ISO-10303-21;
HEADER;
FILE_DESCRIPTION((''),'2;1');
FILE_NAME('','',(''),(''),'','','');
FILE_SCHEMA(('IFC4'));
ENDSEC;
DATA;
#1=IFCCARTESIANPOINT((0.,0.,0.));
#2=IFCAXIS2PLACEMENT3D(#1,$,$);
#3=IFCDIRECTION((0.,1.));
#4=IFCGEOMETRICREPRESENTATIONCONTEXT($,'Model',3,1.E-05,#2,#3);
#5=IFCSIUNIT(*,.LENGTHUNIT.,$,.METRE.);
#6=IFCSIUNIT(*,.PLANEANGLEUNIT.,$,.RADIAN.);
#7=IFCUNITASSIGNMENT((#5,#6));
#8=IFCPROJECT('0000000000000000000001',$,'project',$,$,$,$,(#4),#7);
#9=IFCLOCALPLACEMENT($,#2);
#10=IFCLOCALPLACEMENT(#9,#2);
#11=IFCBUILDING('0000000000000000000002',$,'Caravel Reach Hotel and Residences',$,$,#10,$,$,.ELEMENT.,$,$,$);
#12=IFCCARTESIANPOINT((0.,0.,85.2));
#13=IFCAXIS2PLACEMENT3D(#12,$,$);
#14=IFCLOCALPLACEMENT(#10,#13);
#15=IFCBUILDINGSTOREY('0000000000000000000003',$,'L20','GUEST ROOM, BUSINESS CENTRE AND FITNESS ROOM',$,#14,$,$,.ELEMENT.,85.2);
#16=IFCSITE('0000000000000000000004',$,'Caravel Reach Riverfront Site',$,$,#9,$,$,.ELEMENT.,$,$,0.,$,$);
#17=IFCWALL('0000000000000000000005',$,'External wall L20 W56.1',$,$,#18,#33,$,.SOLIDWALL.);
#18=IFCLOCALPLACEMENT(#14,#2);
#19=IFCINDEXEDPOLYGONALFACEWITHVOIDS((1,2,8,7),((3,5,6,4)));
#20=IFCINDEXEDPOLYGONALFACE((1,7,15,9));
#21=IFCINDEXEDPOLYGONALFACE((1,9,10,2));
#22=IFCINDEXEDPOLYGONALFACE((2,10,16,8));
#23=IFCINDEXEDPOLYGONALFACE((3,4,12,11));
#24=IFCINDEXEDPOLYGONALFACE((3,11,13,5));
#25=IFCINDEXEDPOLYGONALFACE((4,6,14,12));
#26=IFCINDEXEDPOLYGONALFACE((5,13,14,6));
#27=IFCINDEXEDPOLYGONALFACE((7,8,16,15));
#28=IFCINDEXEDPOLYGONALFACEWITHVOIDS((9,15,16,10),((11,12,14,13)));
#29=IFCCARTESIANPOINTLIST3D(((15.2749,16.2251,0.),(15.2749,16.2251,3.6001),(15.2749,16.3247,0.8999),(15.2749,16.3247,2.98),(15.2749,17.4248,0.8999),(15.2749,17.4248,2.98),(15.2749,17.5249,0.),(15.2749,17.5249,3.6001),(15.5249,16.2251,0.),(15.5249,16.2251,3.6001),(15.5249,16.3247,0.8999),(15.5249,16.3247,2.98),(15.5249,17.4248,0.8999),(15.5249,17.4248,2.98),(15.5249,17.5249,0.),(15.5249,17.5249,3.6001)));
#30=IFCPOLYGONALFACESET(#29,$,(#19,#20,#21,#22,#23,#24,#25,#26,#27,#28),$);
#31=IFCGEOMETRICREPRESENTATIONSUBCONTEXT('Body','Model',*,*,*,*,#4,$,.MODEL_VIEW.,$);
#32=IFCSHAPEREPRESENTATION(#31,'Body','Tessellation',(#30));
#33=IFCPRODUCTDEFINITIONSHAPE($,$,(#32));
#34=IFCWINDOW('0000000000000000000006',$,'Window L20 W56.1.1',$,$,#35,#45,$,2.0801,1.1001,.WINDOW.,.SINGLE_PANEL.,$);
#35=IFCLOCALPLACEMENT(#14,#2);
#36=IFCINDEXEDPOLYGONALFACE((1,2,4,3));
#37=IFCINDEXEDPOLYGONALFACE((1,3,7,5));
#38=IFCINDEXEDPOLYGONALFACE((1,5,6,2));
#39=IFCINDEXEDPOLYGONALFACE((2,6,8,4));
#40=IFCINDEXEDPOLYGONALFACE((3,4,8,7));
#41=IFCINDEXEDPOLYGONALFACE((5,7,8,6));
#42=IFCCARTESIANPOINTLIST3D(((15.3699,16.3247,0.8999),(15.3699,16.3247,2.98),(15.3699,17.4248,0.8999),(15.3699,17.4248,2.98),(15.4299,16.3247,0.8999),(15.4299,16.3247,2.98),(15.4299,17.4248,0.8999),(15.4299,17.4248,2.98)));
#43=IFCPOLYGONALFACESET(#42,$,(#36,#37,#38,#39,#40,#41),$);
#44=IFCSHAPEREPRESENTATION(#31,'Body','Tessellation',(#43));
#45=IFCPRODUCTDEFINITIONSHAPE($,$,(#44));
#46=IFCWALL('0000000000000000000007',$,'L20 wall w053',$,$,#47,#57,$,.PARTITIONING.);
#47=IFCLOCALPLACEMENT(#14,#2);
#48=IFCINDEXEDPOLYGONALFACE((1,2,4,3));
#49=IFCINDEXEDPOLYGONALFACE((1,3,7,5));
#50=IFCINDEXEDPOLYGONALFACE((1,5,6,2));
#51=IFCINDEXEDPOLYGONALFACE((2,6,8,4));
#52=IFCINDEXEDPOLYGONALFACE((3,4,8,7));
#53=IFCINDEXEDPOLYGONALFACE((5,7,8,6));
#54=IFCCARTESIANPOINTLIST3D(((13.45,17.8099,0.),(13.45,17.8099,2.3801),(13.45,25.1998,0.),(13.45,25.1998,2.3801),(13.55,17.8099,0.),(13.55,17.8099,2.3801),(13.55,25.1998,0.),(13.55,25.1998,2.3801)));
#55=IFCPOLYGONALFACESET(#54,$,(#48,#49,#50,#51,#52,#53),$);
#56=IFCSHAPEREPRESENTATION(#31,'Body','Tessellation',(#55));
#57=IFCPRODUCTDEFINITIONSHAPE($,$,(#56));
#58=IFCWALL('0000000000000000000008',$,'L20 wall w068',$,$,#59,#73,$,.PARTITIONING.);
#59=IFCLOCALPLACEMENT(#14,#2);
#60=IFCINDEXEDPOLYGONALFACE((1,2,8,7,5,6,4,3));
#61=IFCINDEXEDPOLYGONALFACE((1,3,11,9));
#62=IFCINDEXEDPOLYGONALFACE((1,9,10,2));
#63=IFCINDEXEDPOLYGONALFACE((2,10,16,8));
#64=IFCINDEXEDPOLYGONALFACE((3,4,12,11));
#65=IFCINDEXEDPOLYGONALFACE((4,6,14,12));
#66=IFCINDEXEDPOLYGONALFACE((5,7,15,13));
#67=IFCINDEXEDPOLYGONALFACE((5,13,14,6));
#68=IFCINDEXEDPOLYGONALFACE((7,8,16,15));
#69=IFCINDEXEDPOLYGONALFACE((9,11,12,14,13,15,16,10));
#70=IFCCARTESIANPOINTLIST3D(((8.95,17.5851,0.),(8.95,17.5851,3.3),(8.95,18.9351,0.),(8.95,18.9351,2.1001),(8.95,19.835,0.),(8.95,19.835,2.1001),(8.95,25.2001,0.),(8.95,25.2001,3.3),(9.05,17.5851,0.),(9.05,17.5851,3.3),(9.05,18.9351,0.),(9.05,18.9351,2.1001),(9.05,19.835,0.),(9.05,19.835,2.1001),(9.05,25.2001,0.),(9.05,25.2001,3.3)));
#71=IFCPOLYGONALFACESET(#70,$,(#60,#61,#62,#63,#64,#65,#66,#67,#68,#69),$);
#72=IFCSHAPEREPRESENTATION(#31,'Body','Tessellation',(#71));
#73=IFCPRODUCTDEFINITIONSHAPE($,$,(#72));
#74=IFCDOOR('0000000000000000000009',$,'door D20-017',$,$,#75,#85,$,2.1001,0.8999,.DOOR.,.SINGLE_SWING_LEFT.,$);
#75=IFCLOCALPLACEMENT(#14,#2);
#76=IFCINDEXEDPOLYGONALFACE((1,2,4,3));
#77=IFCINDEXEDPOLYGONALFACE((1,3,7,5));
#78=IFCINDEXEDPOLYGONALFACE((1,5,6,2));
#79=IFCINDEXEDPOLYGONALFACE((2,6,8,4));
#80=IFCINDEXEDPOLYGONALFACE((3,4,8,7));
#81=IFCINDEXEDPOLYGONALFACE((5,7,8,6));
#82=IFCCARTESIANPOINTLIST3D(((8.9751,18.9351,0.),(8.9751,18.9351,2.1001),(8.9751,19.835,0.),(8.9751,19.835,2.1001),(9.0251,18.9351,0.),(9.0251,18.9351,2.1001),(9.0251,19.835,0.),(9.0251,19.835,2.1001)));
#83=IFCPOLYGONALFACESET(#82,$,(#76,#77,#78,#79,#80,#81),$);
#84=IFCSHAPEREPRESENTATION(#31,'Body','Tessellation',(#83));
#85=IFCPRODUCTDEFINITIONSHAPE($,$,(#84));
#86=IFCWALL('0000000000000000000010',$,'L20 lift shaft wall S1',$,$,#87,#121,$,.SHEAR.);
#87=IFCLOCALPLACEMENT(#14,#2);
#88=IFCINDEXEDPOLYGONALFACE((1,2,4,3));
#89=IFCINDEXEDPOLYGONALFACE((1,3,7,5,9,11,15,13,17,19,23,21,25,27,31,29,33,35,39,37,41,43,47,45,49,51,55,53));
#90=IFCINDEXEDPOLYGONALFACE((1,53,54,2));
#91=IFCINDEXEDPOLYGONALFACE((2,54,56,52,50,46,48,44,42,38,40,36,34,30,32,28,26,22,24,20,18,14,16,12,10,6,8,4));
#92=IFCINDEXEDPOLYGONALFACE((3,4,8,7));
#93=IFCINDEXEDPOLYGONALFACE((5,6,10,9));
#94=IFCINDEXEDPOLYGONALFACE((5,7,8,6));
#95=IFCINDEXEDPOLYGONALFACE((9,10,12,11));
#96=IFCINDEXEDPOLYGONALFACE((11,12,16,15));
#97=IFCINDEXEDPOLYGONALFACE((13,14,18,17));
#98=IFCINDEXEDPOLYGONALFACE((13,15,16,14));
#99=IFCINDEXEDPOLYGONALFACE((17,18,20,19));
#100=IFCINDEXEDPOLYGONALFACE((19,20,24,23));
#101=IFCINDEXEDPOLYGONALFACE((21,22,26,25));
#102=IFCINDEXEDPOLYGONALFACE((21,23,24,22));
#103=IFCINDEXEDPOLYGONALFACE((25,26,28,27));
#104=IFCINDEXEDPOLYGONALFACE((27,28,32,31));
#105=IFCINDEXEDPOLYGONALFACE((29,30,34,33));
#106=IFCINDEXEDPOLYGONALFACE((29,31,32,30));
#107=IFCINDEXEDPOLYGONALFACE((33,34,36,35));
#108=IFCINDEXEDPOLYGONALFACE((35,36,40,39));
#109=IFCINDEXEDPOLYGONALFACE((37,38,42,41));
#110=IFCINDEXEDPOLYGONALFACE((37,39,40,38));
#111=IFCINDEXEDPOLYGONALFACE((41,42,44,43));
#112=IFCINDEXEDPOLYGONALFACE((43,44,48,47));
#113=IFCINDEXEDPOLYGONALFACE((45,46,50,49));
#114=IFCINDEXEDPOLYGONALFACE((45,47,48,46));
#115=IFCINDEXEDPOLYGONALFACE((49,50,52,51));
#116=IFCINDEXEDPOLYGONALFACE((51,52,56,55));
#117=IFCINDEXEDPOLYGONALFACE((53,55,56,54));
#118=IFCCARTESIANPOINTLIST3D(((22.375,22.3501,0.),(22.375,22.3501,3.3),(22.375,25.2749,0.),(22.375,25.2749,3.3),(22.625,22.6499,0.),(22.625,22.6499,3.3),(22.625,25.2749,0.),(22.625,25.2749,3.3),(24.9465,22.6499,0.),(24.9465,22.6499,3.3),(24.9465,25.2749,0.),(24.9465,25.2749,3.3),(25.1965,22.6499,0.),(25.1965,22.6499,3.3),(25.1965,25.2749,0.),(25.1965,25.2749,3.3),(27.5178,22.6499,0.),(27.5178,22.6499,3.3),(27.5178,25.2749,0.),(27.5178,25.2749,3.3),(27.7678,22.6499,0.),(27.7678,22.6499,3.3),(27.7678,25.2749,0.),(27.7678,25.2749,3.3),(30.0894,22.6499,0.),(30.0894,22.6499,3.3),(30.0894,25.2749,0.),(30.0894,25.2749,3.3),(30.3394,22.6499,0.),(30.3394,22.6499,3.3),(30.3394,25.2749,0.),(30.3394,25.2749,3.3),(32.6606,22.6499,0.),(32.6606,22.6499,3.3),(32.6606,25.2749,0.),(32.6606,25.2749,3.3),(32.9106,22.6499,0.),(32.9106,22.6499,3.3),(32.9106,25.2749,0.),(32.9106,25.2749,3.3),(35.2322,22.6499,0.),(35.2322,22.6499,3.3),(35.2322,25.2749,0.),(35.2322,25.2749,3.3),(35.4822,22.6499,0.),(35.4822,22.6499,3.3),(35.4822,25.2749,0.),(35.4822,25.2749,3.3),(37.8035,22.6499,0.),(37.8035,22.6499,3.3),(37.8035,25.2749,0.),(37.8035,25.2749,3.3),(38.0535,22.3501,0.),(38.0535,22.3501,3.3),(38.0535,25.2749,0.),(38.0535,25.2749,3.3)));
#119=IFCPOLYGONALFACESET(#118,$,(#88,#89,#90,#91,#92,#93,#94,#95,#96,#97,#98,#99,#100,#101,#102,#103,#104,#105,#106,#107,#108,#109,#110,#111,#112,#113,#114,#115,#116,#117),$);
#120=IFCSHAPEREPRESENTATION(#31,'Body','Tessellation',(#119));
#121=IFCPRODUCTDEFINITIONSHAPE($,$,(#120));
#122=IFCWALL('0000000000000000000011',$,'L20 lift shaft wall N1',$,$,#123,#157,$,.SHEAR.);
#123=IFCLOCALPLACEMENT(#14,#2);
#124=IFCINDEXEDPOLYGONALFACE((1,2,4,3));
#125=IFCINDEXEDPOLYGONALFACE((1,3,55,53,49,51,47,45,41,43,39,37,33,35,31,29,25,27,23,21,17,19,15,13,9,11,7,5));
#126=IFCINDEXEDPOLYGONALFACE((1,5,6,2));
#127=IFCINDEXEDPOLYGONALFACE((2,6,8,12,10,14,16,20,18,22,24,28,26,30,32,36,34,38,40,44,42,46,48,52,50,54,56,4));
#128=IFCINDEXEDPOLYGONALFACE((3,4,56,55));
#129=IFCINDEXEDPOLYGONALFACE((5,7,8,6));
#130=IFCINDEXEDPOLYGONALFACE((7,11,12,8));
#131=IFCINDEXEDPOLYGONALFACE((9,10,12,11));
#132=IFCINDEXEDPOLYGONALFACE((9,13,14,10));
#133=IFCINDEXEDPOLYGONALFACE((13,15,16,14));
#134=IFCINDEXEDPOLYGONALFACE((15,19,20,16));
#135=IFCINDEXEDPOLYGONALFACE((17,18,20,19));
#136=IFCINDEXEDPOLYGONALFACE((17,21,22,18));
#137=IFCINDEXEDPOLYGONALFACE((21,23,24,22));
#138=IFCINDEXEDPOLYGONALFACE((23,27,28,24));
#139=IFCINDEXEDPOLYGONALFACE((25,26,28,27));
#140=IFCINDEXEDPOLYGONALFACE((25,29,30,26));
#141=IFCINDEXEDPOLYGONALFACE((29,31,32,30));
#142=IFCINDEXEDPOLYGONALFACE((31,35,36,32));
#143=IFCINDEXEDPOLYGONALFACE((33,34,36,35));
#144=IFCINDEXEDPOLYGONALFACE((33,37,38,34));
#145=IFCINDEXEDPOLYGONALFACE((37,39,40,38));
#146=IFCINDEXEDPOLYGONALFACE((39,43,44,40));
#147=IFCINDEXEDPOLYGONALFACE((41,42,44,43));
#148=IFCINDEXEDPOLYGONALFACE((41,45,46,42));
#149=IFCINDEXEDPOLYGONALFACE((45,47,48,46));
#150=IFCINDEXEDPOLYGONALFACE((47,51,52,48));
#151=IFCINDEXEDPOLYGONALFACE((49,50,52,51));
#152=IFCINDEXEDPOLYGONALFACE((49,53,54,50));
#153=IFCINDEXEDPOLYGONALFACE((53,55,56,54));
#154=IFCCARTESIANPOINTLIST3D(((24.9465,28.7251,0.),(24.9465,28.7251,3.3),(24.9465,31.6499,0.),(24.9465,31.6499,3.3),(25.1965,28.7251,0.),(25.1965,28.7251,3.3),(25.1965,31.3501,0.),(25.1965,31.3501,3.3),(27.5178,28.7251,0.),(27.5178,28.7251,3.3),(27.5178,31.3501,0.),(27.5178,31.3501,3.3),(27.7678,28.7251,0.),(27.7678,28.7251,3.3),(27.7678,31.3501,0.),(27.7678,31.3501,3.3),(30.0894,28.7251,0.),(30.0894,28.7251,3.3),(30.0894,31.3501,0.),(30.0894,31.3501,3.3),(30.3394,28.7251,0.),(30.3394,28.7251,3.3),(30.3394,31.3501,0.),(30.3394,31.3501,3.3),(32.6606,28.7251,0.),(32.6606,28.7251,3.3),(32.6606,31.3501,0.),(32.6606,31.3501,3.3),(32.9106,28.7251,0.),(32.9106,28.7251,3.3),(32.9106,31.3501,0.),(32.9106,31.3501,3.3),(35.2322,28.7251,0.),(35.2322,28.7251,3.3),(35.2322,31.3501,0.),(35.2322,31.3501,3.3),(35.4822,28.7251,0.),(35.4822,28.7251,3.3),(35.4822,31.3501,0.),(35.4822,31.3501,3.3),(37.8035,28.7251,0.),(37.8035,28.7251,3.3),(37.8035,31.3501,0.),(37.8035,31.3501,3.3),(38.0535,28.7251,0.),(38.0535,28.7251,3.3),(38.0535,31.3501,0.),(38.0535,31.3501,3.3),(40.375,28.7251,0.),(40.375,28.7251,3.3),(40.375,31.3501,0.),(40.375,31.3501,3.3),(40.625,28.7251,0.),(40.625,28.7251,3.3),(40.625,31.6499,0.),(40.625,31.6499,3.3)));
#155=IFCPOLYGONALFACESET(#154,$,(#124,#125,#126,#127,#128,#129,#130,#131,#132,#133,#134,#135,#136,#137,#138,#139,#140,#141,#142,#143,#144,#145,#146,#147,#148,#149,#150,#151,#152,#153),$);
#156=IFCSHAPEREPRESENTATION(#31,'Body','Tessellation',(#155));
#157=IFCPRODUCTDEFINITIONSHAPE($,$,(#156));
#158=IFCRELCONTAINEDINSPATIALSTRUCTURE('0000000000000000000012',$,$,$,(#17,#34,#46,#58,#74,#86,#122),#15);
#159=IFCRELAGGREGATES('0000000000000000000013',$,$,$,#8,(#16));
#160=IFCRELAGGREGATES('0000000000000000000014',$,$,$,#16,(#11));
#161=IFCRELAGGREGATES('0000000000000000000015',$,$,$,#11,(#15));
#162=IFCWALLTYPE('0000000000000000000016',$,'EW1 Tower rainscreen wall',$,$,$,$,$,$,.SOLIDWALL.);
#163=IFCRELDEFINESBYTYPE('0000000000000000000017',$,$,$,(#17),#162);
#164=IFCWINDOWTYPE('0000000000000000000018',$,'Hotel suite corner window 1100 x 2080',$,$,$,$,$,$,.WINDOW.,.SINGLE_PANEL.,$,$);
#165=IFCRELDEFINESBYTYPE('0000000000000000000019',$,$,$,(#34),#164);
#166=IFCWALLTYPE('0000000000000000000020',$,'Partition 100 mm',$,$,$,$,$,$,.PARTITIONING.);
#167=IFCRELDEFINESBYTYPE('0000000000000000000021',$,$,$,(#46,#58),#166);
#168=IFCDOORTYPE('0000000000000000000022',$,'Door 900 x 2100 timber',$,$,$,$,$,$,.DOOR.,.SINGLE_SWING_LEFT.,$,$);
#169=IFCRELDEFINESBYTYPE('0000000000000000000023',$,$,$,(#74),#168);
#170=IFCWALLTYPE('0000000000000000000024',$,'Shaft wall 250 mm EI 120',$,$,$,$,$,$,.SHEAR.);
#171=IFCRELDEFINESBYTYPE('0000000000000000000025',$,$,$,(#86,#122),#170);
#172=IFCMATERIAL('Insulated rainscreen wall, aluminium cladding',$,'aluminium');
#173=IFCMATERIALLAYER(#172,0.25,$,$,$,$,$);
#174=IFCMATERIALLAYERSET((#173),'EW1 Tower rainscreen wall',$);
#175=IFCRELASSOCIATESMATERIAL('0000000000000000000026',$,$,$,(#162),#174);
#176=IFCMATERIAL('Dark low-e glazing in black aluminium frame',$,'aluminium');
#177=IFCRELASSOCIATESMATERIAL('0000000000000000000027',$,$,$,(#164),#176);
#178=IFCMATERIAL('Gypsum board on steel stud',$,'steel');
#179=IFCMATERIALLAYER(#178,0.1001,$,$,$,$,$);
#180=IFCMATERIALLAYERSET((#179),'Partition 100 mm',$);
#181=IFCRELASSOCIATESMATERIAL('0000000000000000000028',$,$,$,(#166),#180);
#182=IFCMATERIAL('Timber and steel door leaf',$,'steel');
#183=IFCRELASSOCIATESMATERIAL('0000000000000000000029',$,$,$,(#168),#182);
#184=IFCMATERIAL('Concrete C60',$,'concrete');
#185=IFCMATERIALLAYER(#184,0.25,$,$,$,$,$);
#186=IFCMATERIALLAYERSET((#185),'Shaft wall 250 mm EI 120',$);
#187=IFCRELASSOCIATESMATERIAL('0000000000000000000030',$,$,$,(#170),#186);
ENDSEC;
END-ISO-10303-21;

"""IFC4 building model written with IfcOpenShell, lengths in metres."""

from ifc_helpers import new_model, si_unit, direction, frame, frame_2d, origin, place, context, subcontext, project, spatial, polyline, rectangle, outline, extrude, material, layer, layer_set, type_object, element, fill, save


model = new_model("IFC4")

# Units and contexts
model_context = context("Model", 3, precision=1e-05, world=origin(), true_north=direction((0.0, 1.0)))
body_context = subcontext(model_context, "Body", "Model", "MODEL_VIEW")
ifc_project = project(units=[si_unit("LENGTHUNIT", "METRE"), si_unit("PLANEANGLEUNIT", "RADIAN")], contexts=[model_context])

# Site, building, storey
site_placement = place(None, origin())
site = spatial("IfcSite", under=ifc_project, at=site_placement, Name="Caravel Reach Riverfront Site", CompositionType="ELEMENT", RefElevation=0.0)
building_placement = place(site_placement, origin())
building = spatial("IfcBuilding", under=site, at=building_placement, Name="Caravel Reach Hotel and Residences", CompositionType="ELEMENT")
storey_placement = place(building_placement, frame((0.0, 0.0, 85.2)))
storey = spatial("IfcBuildingStorey", under=building, at=storey_placement, Name="L20", Description="GUEST ROOM, BUSINESS CENTRE AND FITNESS ROOM", CompositionType="ELEMENT", Elevation=85.2)

# Shared definitions
ifc_material_1 = material(Name="Insulated rainscreen wall, aluminium cladding", Category="aluminium")
ifc_layer_1 = layer(ifc_material_1, 0.25)
ifc_layer_set_1 = layer_set([ifc_layer_1], Name="EW1 Tower rainscreen wall")
wall_type_1 = type_object("IfcWallType", Name="EW1 Tower rainscreen wall", PredefinedType="SOLIDWALL", material=ifc_layer_set_1)

# Wall, opening, window
ifc_material_2 = material(Name="Dark low-e glazing in black aluminium frame", Category="aluminium")
window_type_1 = type_object("IfcWindowType", Name="Hotel suite corner window 1100 x 2080", PartitioningType="SINGLE_PANEL", PredefinedType="WINDOW", material=ifc_material_2)
wall_1_placement = place(storey_placement, frame((15.3999, 17.5249, 0.0), z_axis=(0.0, 0.0, 1.0), x_axis=(0.0, -1.0, 0.0)))
wall_1 = element("IfcWall", 1, at=wall_1_placement, inside=storey, type_object=wall_type_1, Name="External wall L20 W56.1", PredefinedType="SOLIDWALL", context=body_context, shape_type="SweptSolid", body=[
    extrude(rectangle(XDim=1.2998, YDim=0.25, at=frame_2d((0.6499, 0.0))), origin(), (0.0, 0.0, 1.0), 3.6001),
])
opening_1_placement = place(wall_1_placement, frame((0.1001, 0.0, 0.8999)))
opening_1 = element("IfcOpeningElement", 2, at=opening_1_placement, cuts=wall_1, PredefinedType="OPENING", context=body_context, shape_type="SweptSolid", body=[
    extrude(rectangle(XDim=1.1001, YDim=2.0801, at=frame_2d((0.55, 1.04))), frame((0.0, 0.135, 0.0), z_axis=(0.0, -1.0, 0.0), x_axis=(1.0, 0.0, 0.0)), (0.0, 0.0, 1.0), 0.27),
])
window_1_placement = place(opening_1_placement, origin())
window_1 = element("IfcWindow", 3, at=window_1_placement, inside=storey, type_object=window_type_1, Name="Window L20 W56.1.1", OverallHeight=2.0801, OverallWidth=1.1001, PartitioningType="SINGLE_PANEL", PredefinedType="WINDOW", context=body_context, shape_type="SweptSolid", body=[
    extrude(rectangle(XDim=1.1001, YDim=2.0801, at=frame_2d((0.55, 1.04))), frame((0.0, 0.03, 0.0), z_axis=(0.0, -1.0, 0.0), x_axis=(1.0, 0.0, 0.0)), (0.0, 0.0, 1.0), 0.0601),
])
fill(opening_1, window_1)

# Wall
ifc_material_3 = material(Name="Gypsum board on steel stud", Category="steel")
ifc_layer_2 = layer(ifc_material_3, 0.1001)
ifc_layer_set_2 = layer_set([ifc_layer_2], Name="Partition 100 mm")
wall_type_2 = type_object("IfcWallType", Name="Partition 100 mm", PredefinedType="PARTITIONING", material=ifc_layer_set_2)
wall_2_placement = place(storey_placement, frame((13.5, 17.8101, 0.0), z_axis=(0.0, 0.0, 1.0), x_axis=(0.0, 1.0, 0.0)))
element("IfcWall", 4, at=wall_2_placement, inside=storey, type_object=wall_type_2, Name="L20 wall w053", PredefinedType="PARTITIONING", context=body_context, shape_type="SweptSolid", body=[
    extrude(rectangle(XDim=7.3899, YDim=0.1001, at=frame_2d((3.6948, 0.0))), origin(), (0.0, 0.0, 1.0), 2.3801),
])

# Wall, opening, door
wall_3_placement = place(storey_placement, frame((9.0, 17.585, 0.0), z_axis=(0.0, 0.0, 1.0), x_axis=(0.0, 1.0, 0.0)))
wall_3 = element("IfcWall", 5, at=wall_3_placement, inside=storey, type_object=wall_type_2, Name="L20 wall w068", PredefinedType="PARTITIONING", context=body_context, shape_type="SweptSolid", body=[
    extrude(rectangle(XDim=7.615, YDim=0.1001, at=frame_2d((3.8076, 0.0))), origin(), (0.0, 0.0, 1.0), 3.3),
])
opening_2_placement = place(wall_3_placement, frame((1.3501, 0.0, 0.0)))
opening_2 = element("IfcOpeningElement", 6, at=opening_2_placement, cuts=wall_3, PredefinedType="OPENING", context=body_context, shape_type="SweptSolid", body=[
    extrude(rectangle(XDim=0.8999, YDim=2.1001, at=frame_2d((0.45, 1.05))), frame((0.0, 0.0601, 0.0), z_axis=(0.0, -1.0, 0.0), x_axis=(1.0, 0.0, 0.0)), (0.0, 0.0, 1.0), 0.1201),
])
ifc_material_4 = material(Name="Timber and steel door leaf", Category="steel")
door_type = type_object("IfcDoorType", Name="Door 900 x 2100 timber", OperationType="SINGLE_SWING_LEFT", PredefinedType="DOOR", material=ifc_material_4)
door_placement = place(opening_2_placement, origin())
door = element("IfcDoor", 7, at=door_placement, inside=storey, type_object=door_type, Name="door D20-017", OperationType="SINGLE_SWING_LEFT", OverallHeight=2.1001, OverallWidth=0.8999, PredefinedType="DOOR", context=body_context, shape_type="SweptSolid", body=[
    extrude(rectangle(XDim=0.8999, YDim=2.1001, at=frame_2d((0.45, 1.05))), frame((0.0, 0.0249, 0.0), z_axis=(0.0, -1.0, 0.0), x_axis=(1.0, 0.0, 0.0)), (0.0, 0.0, 1.0), 0.05),
])
fill(opening_2, door)

# Walls
ifc_material_5 = material(Name="Concrete C60", Category="concrete")
ifc_layer_3 = layer(ifc_material_5, 0.25)
ifc_layer_set_3 = layer_set([ifc_layer_3], Name="Shaft wall 250 mm EI 120")
wall_type_3 = type_object("IfcWallType", Name="Shaft wall 250 mm EI 120", PredefinedType="SHEAR", material=ifc_layer_set_3)
wall_4_placement = place(storey_placement, origin())
element("IfcWall", 8, at=wall_4_placement, inside=storey, type_object=wall_type_3, Name="L20 lift shaft wall S1", PredefinedType="SHEAR", context=body_context, shape_type="SweptSolid", body=[
    extrude(outline(polyline([(22.375, 22.3501), (38.0535, 22.3501), (38.0535, 25.2749), (37.8035, 25.2749), (37.8035, 22.6499), (35.4822, 22.6499), (35.4822, 25.2749), (35.2322, 25.2749), (35.2322, 22.6499), (32.9106, 22.6499), (32.9106, 25.2749), (32.6606, 25.2749), (32.6606, 22.6499), (30.3394, 22.6499), (30.3394, 25.2749), (30.0894, 25.2749), (30.0894, 22.6499), (27.7678, 22.6499), (27.7678, 25.2749), (27.5178, 25.2749), (27.5178, 22.6499), (25.1965, 22.6499), (25.1965, 25.2749), (24.9465, 25.2749), (24.9465, 22.6499), (22.625, 22.6499), (22.625, 25.2749), (22.375, 25.2749), (22.375, 22.3501)])), origin(), (0.0, 0.0, 1.0), 3.3),
])
wall_5_placement = place(storey_placement, origin())
element("IfcWall", 9, at=wall_5_placement, inside=storey, type_object=wall_type_3, Name="L20 lift shaft wall N1", PredefinedType="SHEAR", context=body_context, shape_type="SweptSolid", body=[
    extrude(outline(polyline([(24.9465, 28.7251), (25.1965, 28.7251), (25.1965, 31.3501), (27.5178, 31.3501), (27.5178, 28.7251), (27.7678, 28.7251), (27.7678, 31.3501), (30.0894, 31.3501), (30.0894, 28.7251), (30.3394, 28.7251), (30.3394, 31.3501), (32.6606, 31.3501), (32.6606, 28.7251), (32.9106, 28.7251), (32.9106, 31.3501), (35.2322, 31.3501), (35.2322, 28.7251), (35.4822, 28.7251), (35.4822, 31.3501), (37.8035, 31.3501), (37.8035, 28.7251), (38.0535, 28.7251), (38.0535, 31.3501), (40.375, 31.3501), (40.375, 28.7251), (40.625, 28.7251), (40.625, 31.6499), (24.9465, 31.6499), (24.9465, 28.7251)])), origin(), (0.0, 0.0, 1.0), 3.3),
])

save(model, "model.ifc")
